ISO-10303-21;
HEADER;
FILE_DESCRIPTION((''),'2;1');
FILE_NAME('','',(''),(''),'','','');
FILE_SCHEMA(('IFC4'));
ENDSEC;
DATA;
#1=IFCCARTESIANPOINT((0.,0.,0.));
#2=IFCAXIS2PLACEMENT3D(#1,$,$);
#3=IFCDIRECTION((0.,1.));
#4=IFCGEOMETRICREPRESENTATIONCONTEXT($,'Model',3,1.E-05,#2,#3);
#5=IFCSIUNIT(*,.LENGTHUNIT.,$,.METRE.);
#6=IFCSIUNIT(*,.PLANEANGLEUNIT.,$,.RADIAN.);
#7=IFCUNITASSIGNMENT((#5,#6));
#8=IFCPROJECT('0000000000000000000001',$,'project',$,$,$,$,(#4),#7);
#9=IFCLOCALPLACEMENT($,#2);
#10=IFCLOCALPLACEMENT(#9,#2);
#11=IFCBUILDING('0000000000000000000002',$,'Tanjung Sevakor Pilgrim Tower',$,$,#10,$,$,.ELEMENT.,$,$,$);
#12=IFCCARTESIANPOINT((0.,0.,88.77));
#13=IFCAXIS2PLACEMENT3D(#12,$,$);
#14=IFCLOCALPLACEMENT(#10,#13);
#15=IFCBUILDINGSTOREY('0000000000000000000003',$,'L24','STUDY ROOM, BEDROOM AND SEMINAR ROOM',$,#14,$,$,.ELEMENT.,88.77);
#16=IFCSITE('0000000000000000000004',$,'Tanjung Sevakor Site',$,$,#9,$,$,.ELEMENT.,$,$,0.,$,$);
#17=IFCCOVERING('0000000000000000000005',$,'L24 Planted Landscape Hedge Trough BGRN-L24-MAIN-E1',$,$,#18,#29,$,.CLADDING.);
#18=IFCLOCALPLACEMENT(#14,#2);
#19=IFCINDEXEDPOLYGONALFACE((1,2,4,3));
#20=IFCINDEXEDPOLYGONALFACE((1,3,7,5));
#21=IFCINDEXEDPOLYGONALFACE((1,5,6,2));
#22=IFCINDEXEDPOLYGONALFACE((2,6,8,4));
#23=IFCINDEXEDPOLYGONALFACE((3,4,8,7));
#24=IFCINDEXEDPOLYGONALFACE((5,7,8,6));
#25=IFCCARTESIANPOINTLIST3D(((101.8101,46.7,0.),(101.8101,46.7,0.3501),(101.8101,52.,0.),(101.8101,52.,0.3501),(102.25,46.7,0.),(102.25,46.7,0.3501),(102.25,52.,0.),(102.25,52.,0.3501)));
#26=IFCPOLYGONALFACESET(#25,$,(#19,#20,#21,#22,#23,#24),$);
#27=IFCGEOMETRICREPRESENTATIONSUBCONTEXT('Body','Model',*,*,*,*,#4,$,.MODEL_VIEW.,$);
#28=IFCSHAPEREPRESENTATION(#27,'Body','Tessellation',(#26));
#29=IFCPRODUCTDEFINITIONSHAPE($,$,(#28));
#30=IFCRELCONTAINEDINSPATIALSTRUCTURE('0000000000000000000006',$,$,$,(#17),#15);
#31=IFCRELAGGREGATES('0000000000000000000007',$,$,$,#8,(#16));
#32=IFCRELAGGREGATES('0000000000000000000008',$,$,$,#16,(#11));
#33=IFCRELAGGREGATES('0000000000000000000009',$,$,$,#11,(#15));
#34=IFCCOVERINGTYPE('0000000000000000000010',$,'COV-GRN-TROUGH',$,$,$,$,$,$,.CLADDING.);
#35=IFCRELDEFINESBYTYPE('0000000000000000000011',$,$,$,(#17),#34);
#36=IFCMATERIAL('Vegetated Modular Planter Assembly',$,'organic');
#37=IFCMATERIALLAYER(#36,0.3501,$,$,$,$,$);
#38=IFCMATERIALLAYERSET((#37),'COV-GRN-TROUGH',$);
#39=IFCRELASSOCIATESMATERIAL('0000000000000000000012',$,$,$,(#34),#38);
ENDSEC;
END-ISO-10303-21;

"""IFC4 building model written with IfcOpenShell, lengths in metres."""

from ifc_helpers import new_model, si_unit, direction, frame, origin, place, context, subcontext, project, spatial, polyline, outline, extrude, material, layer, layer_set, type_object, element, save


model = new_model("IFC4")

# Units and contexts
model_context = context("Model", 3, precision=1e-05, world=origin(), true_north=direction((0.0, 1.0)))
body_context = subcontext(model_context, "Body", "Model", "MODEL_VIEW")
ifc_project = project(units=[si_unit("LENGTHUNIT", "METRE"), si_unit("PLANEANGLEUNIT", "RADIAN")], contexts=[model_context])

# Site, building, storey
site_placement = place(None, origin())
site = spatial("IfcSite", under=ifc_project, at=site_placement, Name="Tanjung Sevakor Site", CompositionType="ELEMENT", RefElevation=0.0)
building_placement = place(site_placement, origin())
building = spatial("IfcBuilding", under=site, at=building_placement, Name="Tanjung Sevakor Pilgrim Tower", CompositionType="ELEMENT")
storey_placement = place(building_placement, frame((0.0, 0.0, 88.77)))
storey = spatial("IfcBuildingStorey", under=building, at=storey_placement, Name="L24", Description="STUDY ROOM, BEDROOM AND SEMINAR ROOM", CompositionType="ELEMENT", Elevation=88.77)

# Covering
ifc_material_1 = material(Name="Vegetated Modular Planter Assembly", Category="organic")
ifc_layer_1 = layer(ifc_material_1, 0.3501)
ifc_layer_set_1 = layer_set([ifc_layer_1], Name="COV-GRN-TROUGH")
covering_type = type_object("IfcCoveringType", Name="COV-GRN-TROUGH", PredefinedType="CLADDING", material=ifc_layer_set_1)
covering_1_placement = place(storey_placement, origin())
element("IfcCovering", 1, at=covering_1_placement, inside=storey, type_object=covering_type, Name="L24 Planted Landscape Hedge Trough BGRN-L24-MAIN-E1", PredefinedType="CLADDING", context=body_context, shape_type="SweptSolid", body=[
    extrude(outline(polyline([(102.25, 46.7), (102.25, 52.0), (101.8101, 52.0), (101.8101, 46.7), (102.25, 46.7)])), origin(), (0.0, 0.0, 1.0), 0.3501),
])

save(model, "model.ifc")
